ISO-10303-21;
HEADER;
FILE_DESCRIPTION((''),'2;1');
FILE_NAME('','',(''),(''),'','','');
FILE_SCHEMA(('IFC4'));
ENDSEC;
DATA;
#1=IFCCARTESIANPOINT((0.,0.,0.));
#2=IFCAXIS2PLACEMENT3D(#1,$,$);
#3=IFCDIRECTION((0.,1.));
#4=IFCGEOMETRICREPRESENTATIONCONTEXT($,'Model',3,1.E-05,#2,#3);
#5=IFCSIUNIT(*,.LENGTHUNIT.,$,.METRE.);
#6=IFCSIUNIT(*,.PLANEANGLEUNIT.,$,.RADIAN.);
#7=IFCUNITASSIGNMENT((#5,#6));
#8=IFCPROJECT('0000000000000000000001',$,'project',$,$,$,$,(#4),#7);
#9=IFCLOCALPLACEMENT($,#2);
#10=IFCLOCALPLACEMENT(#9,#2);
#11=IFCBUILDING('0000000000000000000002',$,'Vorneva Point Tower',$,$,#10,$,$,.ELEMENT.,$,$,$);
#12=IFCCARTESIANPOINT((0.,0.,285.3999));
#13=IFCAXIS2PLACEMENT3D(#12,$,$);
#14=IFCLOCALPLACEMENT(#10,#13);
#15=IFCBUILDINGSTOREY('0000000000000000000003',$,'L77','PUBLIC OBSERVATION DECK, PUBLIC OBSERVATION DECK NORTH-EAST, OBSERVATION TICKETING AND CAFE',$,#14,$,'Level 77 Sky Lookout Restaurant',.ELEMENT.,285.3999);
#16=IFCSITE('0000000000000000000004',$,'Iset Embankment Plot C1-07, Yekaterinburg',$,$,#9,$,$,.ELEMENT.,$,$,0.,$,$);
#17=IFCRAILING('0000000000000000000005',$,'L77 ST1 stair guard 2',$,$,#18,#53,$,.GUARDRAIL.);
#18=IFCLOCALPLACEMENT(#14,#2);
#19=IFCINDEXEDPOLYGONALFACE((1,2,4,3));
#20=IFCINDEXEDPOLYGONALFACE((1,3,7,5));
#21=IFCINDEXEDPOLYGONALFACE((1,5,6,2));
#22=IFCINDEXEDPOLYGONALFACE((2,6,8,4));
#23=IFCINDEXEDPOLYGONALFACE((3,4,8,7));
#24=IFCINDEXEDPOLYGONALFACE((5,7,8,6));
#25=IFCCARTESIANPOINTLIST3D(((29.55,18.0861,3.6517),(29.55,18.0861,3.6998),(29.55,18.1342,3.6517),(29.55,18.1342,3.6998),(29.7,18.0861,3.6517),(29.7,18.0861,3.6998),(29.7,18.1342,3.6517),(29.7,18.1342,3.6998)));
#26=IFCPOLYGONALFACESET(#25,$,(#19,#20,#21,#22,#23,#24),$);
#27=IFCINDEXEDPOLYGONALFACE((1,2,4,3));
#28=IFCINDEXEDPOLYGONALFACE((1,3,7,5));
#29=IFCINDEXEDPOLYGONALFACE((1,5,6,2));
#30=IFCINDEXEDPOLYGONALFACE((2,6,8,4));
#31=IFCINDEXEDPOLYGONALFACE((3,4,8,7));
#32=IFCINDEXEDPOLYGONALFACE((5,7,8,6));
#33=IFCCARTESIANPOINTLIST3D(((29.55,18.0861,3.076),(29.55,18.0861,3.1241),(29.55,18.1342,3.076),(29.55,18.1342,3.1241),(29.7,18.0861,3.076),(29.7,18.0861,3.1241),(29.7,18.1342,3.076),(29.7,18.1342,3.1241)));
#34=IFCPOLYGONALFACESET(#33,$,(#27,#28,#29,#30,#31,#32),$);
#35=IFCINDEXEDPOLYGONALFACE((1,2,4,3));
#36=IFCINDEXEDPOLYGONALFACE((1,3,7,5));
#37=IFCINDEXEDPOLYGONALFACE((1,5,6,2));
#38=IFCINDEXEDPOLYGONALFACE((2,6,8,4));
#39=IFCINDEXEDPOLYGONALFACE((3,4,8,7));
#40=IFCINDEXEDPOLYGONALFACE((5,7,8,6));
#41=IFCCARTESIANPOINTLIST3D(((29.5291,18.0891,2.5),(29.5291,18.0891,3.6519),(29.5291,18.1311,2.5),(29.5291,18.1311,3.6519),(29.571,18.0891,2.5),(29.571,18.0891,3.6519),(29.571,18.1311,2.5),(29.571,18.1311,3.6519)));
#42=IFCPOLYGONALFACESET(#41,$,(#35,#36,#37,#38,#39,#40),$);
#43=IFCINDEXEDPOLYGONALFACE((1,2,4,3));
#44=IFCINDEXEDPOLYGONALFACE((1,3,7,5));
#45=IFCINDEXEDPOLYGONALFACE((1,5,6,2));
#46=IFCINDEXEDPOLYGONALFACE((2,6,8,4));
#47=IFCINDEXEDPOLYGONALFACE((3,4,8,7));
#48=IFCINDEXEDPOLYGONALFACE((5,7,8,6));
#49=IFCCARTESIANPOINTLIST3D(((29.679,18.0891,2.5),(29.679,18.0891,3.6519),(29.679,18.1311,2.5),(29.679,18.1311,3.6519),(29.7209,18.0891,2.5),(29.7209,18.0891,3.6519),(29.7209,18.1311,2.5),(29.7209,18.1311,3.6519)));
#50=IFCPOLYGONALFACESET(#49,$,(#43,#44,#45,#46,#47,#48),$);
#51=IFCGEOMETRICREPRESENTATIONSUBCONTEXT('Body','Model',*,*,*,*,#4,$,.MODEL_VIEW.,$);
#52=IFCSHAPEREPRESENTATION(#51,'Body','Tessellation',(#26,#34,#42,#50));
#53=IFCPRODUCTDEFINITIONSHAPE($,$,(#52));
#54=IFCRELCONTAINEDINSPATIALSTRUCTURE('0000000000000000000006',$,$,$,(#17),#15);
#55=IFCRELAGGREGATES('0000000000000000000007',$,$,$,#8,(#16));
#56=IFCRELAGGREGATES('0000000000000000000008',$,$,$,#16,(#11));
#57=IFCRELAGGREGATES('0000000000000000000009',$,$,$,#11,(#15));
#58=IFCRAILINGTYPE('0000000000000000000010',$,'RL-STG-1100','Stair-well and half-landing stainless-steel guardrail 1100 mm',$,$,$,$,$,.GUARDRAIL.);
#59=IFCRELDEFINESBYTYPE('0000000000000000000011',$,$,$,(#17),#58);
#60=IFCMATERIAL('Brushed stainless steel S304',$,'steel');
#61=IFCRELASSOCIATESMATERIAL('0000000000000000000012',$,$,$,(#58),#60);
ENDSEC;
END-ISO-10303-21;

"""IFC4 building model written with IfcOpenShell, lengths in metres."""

from ifc_helpers import new_model, si_unit, direction, frame, origin, origin_2d, place, context, subcontext, project, spatial, rectangle, extrude, material, type_object, element, save


model = new_model("IFC4")

# Units and contexts
model_context = context("Model", 3, precision=1e-05, world=origin(), true_north=direction((0.0, 1.0)))
body_context = subcontext(model_context, "Body", "Model", "MODEL_VIEW")
ifc_project = project(units=[si_unit("LENGTHUNIT", "METRE"), si_unit("PLANEANGLEUNIT", "RADIAN")], contexts=[model_context])

# Site, building, storey
site_placement = place(None, origin())
site = spatial("IfcSite", under=ifc_project, at=site_placement, Name="Iset Embankment Plot C1-07, Yekaterinburg", CompositionType="ELEMENT", RefElevation=0.0)
building_placement = place(site_placement, origin())
building = spatial("IfcBuilding", under=site, at=building_placement, Name="Vorneva Point Tower", CompositionType="ELEMENT")
storey_placement = place(building_placement, frame((0.0, 0.0, 285.3999)))
storey = spatial("IfcBuildingStorey", under=building, at=storey_placement, Name="L77", Description="PUBLIC OBSERVATION DECK, PUBLIC OBSERVATION DECK NORTH-EAST, OBSERVATION TICKETING AND CAFE", LongName="Level 77 Sky Lookout Restaurant", CompositionType="ELEMENT", Elevation=285.3999)

# Railing
ifc_material_1 = material(Name="Brushed stainless steel S304", Category="steel")
railing_type = type_object("IfcRailingType", Name="RL-STG-1100", Description="Stair-well and half-landing stainless-steel guardrail 1100 mm", PredefinedType="GUARDRAIL", material=ifc_material_1)
railing_placement = place(storey_placement, frame((29.55, 18.1101, 2.5)))
element("IfcRailing", 1, at=railing_placement, inside=storey, type_object=railing_type, Name="L77 ST1 stair guard 2", PredefinedType="GUARDRAIL", context=body_context, shape_type="SweptSolid", body=[
    extrude(rectangle(XDim=0.0481, YDim=0.0481, at=origin_2d()), frame((0.0, 0.0, 1.1758), z_axis=(1.0, 0.0, 0.0), x_axis=(0.0, 1.0, 0.0)), (0.0, 0.0, 1.0), 0.1499),
    extrude(rectangle(XDim=0.0481, YDim=0.0481, at=origin_2d()), frame((0.0, 0.0, 0.6001), z_axis=(1.0, 0.0, 0.0), x_axis=(0.0, 1.0, 0.0)), (0.0, 0.0, 1.0), 0.1499),
    extrude(rectangle(XDim=0.042, YDim=0.042, at=origin_2d()), origin(), (0.0, 0.0, 1.0), 1.1519),
    extrude(rectangle(XDim=0.042, YDim=0.042, at=origin_2d()), frame((0.1499, 0.0, 0.0)), (0.0, 0.0, 1.0), 1.1519),
])

save(model, "model.ifc")
